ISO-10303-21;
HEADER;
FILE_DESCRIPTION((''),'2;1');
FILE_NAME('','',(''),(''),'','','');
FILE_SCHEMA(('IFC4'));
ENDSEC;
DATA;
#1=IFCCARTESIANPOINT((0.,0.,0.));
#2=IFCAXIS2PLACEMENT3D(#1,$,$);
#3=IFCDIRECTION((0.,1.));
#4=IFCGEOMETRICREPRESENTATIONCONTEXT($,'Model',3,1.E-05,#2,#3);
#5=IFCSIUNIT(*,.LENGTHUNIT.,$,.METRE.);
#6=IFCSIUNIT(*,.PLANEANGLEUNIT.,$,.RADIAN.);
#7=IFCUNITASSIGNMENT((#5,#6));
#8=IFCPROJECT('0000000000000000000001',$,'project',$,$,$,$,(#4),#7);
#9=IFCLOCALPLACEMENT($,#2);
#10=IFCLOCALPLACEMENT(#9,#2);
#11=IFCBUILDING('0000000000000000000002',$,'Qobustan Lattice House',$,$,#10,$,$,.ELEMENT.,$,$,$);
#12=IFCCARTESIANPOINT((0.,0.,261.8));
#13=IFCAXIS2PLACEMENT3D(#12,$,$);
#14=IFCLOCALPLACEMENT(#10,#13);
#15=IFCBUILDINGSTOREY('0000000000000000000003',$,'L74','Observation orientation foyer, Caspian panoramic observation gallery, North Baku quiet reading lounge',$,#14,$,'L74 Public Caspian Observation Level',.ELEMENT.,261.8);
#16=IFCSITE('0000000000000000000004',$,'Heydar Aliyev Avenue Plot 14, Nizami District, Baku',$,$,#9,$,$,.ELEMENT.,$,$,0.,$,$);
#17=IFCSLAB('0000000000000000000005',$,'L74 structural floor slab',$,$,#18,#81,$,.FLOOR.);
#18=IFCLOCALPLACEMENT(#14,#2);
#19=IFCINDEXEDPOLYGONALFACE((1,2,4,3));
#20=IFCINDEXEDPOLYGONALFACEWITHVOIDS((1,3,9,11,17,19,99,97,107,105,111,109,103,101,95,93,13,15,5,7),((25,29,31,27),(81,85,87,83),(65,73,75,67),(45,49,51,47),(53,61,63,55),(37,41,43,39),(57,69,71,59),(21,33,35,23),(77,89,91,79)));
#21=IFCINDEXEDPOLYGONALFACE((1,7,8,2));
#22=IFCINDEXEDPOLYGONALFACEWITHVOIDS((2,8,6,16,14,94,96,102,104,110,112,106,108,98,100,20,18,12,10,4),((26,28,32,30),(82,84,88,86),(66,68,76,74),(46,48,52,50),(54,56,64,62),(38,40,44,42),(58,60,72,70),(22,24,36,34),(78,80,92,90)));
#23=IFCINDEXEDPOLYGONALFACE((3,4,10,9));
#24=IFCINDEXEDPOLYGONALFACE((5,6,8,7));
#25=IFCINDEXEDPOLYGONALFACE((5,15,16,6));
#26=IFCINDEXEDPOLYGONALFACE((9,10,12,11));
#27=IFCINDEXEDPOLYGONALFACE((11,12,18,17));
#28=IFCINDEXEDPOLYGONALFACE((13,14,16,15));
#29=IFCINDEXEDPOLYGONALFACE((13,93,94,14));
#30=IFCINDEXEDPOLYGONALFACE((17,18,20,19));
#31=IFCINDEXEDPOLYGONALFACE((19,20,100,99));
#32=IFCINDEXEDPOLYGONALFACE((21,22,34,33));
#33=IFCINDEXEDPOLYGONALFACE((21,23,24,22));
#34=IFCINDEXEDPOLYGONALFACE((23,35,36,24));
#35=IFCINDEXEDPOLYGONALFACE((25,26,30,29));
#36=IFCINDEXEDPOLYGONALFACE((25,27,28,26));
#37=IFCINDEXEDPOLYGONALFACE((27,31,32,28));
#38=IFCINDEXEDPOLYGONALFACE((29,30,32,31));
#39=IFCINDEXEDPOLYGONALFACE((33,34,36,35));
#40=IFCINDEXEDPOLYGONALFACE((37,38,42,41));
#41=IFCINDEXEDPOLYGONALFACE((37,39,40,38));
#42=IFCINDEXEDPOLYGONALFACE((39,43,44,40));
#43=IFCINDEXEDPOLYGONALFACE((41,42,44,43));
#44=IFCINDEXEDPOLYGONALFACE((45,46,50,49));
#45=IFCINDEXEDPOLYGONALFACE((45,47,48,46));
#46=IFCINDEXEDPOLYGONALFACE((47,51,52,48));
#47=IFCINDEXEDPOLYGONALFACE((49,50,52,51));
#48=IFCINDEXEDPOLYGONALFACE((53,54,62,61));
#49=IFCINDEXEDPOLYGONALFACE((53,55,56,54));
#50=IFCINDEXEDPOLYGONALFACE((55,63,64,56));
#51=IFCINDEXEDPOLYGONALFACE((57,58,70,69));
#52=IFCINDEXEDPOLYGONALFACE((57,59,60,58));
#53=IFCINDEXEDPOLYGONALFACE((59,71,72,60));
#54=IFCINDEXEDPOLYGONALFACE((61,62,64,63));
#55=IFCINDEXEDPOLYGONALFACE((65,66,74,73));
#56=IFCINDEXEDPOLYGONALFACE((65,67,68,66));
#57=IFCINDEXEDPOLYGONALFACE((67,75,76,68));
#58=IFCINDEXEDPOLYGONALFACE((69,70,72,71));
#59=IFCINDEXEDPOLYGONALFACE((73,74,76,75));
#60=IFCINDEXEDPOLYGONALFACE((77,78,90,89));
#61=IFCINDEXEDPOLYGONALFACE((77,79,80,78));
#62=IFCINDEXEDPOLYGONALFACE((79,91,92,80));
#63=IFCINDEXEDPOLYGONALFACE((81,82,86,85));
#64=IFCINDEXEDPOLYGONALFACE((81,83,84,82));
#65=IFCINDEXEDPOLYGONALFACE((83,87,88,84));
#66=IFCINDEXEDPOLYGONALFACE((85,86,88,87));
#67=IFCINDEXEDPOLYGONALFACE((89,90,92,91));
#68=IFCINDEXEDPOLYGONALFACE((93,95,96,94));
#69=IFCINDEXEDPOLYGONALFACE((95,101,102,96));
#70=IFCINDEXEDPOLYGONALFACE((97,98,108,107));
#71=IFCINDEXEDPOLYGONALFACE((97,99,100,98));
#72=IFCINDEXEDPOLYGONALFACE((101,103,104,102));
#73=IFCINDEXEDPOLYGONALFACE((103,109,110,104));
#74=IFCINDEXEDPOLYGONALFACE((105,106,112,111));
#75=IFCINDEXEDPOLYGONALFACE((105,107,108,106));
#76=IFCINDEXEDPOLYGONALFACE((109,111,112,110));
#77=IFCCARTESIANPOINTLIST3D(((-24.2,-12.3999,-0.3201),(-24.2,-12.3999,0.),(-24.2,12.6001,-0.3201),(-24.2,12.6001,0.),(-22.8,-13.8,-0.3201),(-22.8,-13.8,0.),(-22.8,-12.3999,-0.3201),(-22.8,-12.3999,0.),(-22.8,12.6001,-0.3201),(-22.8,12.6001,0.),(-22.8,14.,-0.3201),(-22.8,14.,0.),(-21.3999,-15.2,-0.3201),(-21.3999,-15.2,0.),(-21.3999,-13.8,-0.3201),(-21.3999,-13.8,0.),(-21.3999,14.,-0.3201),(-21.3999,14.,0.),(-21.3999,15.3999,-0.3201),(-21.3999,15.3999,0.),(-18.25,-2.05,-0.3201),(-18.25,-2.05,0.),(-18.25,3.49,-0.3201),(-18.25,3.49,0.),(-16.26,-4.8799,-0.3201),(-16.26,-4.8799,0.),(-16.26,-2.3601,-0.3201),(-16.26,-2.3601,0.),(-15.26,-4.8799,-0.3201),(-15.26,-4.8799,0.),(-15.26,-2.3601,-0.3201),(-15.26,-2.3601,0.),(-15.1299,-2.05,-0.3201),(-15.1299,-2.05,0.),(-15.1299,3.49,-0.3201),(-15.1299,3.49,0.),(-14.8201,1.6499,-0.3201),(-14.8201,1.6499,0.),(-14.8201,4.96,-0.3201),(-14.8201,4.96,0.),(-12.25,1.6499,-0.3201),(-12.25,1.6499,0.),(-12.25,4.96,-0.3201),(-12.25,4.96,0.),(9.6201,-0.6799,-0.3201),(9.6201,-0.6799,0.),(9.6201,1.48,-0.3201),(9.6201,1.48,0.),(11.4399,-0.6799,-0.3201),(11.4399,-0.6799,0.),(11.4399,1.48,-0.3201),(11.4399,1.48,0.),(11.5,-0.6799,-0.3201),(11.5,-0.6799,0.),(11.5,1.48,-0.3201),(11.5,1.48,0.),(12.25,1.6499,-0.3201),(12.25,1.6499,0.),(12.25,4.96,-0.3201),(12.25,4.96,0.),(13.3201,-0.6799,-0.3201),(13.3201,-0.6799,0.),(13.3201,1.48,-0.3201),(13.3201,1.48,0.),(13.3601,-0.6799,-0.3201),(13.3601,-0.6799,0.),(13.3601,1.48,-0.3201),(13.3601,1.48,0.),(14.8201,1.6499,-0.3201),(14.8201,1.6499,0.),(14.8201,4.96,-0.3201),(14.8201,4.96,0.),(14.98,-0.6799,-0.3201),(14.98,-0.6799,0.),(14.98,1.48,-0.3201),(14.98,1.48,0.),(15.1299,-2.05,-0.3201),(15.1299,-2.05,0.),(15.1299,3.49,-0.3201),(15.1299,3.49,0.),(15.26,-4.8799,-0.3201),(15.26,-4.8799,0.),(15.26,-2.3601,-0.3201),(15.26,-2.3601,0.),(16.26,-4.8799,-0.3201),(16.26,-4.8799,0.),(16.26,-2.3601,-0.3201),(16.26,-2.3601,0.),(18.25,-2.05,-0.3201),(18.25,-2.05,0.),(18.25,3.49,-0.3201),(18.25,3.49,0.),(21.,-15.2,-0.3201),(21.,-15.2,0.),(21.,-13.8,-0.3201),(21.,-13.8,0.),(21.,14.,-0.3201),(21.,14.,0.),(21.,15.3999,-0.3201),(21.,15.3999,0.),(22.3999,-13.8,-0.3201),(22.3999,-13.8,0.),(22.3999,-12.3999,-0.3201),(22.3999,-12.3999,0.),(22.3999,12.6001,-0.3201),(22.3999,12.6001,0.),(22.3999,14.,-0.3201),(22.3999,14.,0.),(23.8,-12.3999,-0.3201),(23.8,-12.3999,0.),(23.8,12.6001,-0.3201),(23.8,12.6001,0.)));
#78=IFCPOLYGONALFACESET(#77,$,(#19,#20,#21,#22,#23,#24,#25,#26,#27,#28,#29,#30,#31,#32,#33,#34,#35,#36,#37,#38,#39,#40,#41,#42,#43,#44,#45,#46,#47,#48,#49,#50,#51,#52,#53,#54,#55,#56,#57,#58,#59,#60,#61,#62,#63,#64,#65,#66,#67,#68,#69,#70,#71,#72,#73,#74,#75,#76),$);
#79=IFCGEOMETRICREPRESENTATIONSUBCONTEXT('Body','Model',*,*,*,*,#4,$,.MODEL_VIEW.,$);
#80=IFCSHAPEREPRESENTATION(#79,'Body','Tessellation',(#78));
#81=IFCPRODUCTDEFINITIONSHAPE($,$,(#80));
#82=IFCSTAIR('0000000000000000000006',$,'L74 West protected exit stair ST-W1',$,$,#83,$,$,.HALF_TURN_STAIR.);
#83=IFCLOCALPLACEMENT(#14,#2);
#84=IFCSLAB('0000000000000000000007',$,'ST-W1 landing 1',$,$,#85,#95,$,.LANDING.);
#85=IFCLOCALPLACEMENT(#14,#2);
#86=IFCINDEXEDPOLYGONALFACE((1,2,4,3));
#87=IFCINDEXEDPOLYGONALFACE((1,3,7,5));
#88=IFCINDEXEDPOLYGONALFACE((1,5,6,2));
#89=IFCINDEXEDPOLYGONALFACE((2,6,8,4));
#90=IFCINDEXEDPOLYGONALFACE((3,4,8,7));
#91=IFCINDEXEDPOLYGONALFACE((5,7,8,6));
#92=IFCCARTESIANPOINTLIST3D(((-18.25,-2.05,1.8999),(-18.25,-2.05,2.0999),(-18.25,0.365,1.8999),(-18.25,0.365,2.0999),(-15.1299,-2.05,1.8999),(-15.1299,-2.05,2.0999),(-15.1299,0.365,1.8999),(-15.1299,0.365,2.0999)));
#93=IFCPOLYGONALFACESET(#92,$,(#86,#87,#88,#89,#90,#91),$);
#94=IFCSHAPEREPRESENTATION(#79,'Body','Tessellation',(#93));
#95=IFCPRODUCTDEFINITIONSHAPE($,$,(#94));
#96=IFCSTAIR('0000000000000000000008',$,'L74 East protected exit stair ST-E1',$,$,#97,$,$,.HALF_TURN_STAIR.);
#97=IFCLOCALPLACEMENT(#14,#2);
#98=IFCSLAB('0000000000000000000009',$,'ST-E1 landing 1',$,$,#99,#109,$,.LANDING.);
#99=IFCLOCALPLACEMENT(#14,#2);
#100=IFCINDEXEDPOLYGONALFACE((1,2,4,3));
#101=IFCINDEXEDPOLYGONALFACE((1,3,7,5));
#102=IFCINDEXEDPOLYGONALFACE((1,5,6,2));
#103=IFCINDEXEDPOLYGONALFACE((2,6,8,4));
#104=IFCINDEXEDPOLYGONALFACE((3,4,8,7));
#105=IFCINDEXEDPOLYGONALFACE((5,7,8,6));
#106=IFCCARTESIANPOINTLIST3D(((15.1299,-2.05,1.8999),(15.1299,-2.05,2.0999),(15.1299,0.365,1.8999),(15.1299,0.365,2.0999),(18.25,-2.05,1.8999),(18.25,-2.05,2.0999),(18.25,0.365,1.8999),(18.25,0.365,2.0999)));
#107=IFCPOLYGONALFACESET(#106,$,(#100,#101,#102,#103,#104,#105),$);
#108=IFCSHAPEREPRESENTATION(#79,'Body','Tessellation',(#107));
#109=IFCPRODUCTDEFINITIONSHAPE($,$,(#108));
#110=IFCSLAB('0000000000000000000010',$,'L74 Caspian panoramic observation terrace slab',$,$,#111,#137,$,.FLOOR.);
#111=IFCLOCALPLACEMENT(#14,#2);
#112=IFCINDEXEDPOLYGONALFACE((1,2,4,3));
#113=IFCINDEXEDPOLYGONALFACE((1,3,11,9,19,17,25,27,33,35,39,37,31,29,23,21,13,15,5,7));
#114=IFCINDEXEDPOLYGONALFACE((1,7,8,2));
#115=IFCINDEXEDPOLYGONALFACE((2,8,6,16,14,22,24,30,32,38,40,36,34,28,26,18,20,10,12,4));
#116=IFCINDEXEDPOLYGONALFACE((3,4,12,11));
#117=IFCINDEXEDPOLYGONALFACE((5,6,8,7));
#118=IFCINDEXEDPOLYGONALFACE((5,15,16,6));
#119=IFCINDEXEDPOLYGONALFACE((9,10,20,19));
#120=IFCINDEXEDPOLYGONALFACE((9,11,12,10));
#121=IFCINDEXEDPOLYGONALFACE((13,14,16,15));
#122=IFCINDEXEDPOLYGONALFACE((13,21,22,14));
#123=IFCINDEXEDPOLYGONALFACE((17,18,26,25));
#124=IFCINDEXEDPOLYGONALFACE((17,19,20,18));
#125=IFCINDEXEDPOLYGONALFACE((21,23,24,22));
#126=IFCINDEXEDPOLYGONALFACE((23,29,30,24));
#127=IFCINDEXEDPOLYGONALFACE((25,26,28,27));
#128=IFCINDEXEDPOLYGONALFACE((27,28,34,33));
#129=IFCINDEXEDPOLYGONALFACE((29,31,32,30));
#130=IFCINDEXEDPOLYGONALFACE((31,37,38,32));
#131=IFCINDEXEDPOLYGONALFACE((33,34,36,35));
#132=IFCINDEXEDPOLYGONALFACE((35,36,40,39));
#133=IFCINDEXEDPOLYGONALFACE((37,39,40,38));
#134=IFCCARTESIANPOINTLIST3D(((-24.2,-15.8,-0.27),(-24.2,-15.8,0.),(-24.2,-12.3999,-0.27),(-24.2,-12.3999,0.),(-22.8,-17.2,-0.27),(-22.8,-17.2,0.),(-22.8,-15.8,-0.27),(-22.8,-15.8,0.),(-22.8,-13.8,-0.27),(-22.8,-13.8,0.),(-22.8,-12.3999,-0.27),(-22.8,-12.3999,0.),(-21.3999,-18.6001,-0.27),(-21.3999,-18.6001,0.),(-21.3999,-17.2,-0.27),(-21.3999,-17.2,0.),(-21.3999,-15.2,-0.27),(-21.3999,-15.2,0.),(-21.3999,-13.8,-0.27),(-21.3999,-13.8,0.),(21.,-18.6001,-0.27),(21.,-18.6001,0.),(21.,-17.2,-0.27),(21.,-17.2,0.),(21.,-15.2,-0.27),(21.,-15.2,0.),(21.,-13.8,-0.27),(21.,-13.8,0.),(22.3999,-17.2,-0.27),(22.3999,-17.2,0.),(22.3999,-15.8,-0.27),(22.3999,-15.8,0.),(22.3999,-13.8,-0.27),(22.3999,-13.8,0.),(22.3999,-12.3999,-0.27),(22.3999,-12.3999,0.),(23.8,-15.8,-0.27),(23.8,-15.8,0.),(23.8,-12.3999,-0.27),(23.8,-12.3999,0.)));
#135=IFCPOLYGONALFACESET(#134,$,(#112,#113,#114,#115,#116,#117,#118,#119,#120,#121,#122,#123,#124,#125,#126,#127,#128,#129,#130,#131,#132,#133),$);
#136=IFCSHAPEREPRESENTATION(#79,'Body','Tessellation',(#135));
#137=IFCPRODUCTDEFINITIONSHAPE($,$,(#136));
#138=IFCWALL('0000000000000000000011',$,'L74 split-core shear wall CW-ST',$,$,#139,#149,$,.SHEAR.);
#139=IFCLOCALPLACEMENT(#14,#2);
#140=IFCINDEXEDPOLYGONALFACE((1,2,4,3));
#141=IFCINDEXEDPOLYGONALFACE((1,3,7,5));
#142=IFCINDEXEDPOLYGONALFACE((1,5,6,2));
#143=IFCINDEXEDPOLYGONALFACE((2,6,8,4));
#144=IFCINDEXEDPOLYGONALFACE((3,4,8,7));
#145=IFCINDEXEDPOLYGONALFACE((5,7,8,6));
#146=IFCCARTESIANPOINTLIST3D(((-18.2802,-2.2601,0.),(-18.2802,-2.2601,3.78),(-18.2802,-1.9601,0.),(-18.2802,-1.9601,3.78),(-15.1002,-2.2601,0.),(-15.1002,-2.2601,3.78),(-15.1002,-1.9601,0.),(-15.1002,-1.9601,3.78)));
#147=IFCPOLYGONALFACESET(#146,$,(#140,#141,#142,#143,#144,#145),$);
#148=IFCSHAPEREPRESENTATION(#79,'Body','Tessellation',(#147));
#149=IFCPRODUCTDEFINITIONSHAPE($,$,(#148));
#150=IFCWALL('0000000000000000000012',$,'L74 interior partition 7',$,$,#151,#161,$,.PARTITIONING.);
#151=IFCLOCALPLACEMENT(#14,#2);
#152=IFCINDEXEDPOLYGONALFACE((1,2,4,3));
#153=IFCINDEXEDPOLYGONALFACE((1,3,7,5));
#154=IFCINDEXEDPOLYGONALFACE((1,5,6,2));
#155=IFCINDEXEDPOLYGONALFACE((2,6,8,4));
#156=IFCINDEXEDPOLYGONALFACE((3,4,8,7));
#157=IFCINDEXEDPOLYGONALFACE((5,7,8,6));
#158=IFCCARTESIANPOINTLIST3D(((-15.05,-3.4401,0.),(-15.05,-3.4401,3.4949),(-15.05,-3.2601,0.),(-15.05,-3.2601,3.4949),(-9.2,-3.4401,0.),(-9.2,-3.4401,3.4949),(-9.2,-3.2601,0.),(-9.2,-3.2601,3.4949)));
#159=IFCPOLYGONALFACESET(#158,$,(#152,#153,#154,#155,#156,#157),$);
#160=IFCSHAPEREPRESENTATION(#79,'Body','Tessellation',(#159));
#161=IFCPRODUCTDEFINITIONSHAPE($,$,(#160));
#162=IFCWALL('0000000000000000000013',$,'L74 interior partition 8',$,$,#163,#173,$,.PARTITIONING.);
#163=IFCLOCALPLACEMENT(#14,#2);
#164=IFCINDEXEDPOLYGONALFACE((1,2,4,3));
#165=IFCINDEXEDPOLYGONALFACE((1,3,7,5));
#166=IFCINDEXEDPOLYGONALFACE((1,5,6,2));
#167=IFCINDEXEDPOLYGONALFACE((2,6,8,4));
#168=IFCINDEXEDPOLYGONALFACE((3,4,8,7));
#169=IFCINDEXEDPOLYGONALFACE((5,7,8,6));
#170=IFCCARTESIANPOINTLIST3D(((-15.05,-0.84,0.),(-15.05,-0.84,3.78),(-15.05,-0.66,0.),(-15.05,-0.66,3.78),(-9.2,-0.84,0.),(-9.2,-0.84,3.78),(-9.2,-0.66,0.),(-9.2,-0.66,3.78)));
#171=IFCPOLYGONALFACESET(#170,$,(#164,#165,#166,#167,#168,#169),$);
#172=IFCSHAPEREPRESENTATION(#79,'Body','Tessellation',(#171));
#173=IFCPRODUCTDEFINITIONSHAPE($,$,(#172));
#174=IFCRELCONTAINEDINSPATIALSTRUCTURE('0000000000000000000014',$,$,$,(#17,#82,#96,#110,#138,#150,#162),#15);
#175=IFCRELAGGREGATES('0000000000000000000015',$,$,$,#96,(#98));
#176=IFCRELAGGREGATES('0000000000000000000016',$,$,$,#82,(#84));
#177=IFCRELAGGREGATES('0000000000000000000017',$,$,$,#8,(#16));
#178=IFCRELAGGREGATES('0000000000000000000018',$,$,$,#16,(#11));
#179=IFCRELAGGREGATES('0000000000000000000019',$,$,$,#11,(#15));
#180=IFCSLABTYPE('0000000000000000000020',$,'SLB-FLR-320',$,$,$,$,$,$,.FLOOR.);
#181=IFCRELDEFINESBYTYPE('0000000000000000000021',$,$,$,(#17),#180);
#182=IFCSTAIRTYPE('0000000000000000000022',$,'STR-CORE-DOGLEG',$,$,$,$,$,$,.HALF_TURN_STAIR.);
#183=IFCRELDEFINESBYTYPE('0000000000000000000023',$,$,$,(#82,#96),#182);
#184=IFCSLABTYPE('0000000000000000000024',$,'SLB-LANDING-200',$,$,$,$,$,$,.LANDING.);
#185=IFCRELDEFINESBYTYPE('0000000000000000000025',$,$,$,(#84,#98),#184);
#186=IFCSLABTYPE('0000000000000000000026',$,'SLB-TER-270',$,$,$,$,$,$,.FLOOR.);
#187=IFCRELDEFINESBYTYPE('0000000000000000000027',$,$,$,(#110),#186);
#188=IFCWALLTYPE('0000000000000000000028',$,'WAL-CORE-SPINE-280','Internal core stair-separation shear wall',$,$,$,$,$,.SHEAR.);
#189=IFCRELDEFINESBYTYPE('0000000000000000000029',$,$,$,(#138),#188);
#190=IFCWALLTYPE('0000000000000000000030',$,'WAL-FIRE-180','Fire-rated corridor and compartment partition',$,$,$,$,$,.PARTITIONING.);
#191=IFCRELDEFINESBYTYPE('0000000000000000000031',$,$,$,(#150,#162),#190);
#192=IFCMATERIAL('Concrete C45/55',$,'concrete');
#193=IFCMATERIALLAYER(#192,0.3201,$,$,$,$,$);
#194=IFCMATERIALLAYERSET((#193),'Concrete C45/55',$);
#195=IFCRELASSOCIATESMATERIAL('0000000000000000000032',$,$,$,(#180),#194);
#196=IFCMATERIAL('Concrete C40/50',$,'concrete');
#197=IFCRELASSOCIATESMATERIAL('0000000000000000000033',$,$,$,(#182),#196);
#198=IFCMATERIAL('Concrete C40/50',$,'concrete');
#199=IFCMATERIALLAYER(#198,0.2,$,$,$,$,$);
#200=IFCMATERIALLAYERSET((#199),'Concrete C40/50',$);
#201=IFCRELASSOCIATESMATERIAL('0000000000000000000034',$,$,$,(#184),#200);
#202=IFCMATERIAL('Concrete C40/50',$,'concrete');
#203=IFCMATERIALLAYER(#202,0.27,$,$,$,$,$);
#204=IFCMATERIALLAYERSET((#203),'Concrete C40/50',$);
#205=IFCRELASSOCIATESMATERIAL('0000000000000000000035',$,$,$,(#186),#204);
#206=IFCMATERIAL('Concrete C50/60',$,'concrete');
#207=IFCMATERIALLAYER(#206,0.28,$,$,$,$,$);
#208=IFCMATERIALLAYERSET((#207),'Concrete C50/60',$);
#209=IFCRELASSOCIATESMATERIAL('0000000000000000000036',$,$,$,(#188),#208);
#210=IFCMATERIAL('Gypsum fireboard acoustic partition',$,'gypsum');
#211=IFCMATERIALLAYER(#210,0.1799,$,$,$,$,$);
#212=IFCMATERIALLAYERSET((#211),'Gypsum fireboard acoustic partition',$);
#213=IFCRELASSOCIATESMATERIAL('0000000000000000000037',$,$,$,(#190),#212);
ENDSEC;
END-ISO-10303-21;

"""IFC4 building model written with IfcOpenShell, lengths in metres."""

from ifc_helpers import new_model, si_unit, direction, frame, frame_2d, origin, place, context, subcontext, project, spatial, polyline, rectangle, outline, extrude, material, layer, layer_set, type_object, element, aggregate, save


model = new_model("IFC4")

# Units and contexts
model_context = context("Model", 3, precision=1e-05, world=origin(), true_north=direction((0.0, 1.0)))
body_context = subcontext(model_context, "Body", "Model", "MODEL_VIEW")
ifc_project = project(units=[si_unit("LENGTHUNIT", "METRE"), si_unit("PLANEANGLEUNIT", "RADIAN")], contexts=[model_context])

# Site, building, storey
site_placement = place(None, origin())
site = spatial("IfcSite", under=ifc_project, at=site_placement, Name="Heydar Aliyev Avenue Plot 14, Nizami District, Baku", CompositionType="ELEMENT", RefElevation=0.0)
building_placement = place(site_placement, origin())
building = spatial("IfcBuilding", under=site, at=building_placement, Name="Qobustan Lattice House", CompositionType="ELEMENT")
storey_placement = place(building_placement, frame((0.0, 0.0, 261.8)))
storey = spatial("IfcBuildingStorey", under=building, at=storey_placement, Name="L74", Description="Observation orientation foyer, Caspian panoramic observation gallery, North Baku quiet reading lounge", LongName="L74 Public Caspian Observation Level", CompositionType="ELEMENT", Elevation=261.8)

# Slab
ifc_material_1 = material(Name="Concrete C45/55", Category="concrete")
ifc_layer_1 = layer(ifc_material_1, 0.3201)
ifc_layer_set_1 = layer_set([ifc_layer_1], Name="Concrete C45/55")
slab_type_1 = type_object("IfcSlabType", Name="SLB-FLR-320", PredefinedType="FLOOR", material=ifc_layer_set_1)
slab_1_placement = place(storey_placement, frame((0.0, 0.0, -0.3201)))
element("IfcSlab", 1, at=slab_1_placement, inside=storey, type_object=slab_type_1, Name="L74 structural floor slab", PredefinedType="FLOOR", context=body_context, shape_type="SweptSolid", body=[
    extrude(outline(polyline([(-21.3999, -15.2), (21.0, -15.2), (21.0, -13.8), (22.3999, -13.8), (22.3999, -12.3999), (23.8, -12.3999), (23.8, 12.6001), (22.3999, 12.6001), (22.3999, 14.0), (21.0, 14.0), (21.0, 15.3999), (-21.3999, 15.3999), (-21.3999, 14.0), (-22.8, 14.0), (-22.8, 12.6001), (-24.2, 12.6001), (-24.2, -12.3999), (-22.8, -12.3999), (-22.8, -13.8), (-21.3999, -13.8), (-21.3999, -15.2)]), holes=[polyline([(-18.25, -2.05), (-18.25, 3.49), (-15.1299, 3.49), (-15.1299, -2.05), (-18.25, -2.05)]), polyline([(15.1299, -2.05), (15.1299, 3.49), (18.25, 3.49), (18.25, -2.05), (15.1299, -2.05)]), polyline([(-14.8201, 1.6499), (-14.8201, 4.96), (-12.25, 4.96), (-12.25, 1.6499), (-14.8201, 1.6499)]), polyline([(12.25, 1.6499), (12.25, 4.96), (14.8201, 4.96), (14.8201, 1.6499), (12.25, 1.6499)]), polyline([(-16.26, -4.8799), (-16.26, -2.3601), (-15.26, -2.3601), (-15.26, -4.8799), (-16.26, -4.8799)]), polyline([(15.26, -4.8799), (15.26, -2.3601), (16.26, -2.3601), (16.26, -4.8799), (15.26, -4.8799)]), polyline([(13.3601, -0.6799), (13.3601, 1.48), (14.98, 1.48), (14.98, -0.6799), (13.3601, -0.6799)]), polyline([(9.6201, -0.6799), (9.6201, 1.48), (11.4399, 1.48), (11.4399, -0.6799), (9.6201, -0.6799)]), polyline([(11.5, -0.6799), (11.5, 1.48), (13.3201, 1.48), (13.3201, -0.6799), (11.5, -0.6799)])]), origin(), (0.0, 0.0, 1.0), 0.3201),
])

# Stairs, slabs
ifc_material_2 = material(Name="Concrete C40/50", Category="concrete")
stair_type = type_object("IfcStairType", Name="STR-CORE-DOGLEG", PredefinedType="HALF_TURN_STAIR", material=ifc_material_2)
stair_1_placement = place(storey_placement, origin())
stair_1 = element("IfcStair", 2, at=stair_1_placement, inside=storey, type_object=stair_type, Name="L74 West protected exit stair ST-W1", PredefinedType="HALF_TURN_STAIR")
ifc_material_3 = material(Name="Concrete C40/50", Category="concrete")
ifc_layer_2 = layer(ifc_material_3, 0.2)
ifc_layer_set_2 = layer_set([ifc_layer_2], Name="Concrete C40/50")
slab_type_2 = type_object("IfcSlabType", Name="SLB-LANDING-200", PredefinedType="LANDING", material=ifc_layer_set_2)
slab_2_placement = place(storey_placement, frame((0.0, 0.0, 1.8999)))
slab_2 = element("IfcSlab", 3, at=slab_2_placement, type_object=slab_type_2, Name="ST-W1 landing 1", PredefinedType="LANDING", context=body_context, shape_type="SweptSolid", body=[
    extrude(outline(polyline([(-18.25, 0.365), (-18.25, -2.05), (-15.1299, -2.05), (-15.1299, 0.365), (-18.25, 0.365)])), origin(), (0.0, 0.0, 1.0), 0.2),
])
stair_2_placement = place(storey_placement, origin())
stair_2 = element("IfcStair", 4, at=stair_2_placement, inside=storey, type_object=stair_type, Name="L74 East protected exit stair ST-E1", PredefinedType="HALF_TURN_STAIR")
slab_3_placement = place(storey_placement, frame((0.0, 0.0, 1.8999)))
slab_3 = element("IfcSlab", 5, at=slab_3_placement, type_object=slab_type_2, Name="ST-E1 landing 1", PredefinedType="LANDING", context=body_context, shape_type="SweptSolid", body=[
    extrude(outline(polyline([(15.1299, 0.365), (15.1299, -2.05), (18.25, -2.05), (18.25, 0.365), (15.1299, 0.365)])), origin(), (0.0, 0.0, 1.0), 0.2),
])
aggregate(stair_2, [slab_3])

# Slab
ifc_material_4 = material(Name="Concrete C40/50", Category="concrete")
ifc_layer_3 = layer(ifc_material_4, 0.27)
ifc_layer_set_3 = layer_set([ifc_layer_3], Name="Concrete C40/50")
slab_type_3 = type_object("IfcSlabType", Name="SLB-TER-270", PredefinedType="FLOOR", material=ifc_layer_set_3)
slab_4_placement = place(storey_placement, frame((0.0, 0.0, -0.27)))
element("IfcSlab", 6, at=slab_4_placement, inside=storey, type_object=slab_type_3, Name="L74 Caspian panoramic observation terrace slab", PredefinedType="FLOOR", context=body_context, shape_type="SweptSolid", body=[
    extrude(outline(polyline([(23.8, -12.3999), (22.3999, -12.3999), (22.3999, -13.8), (21.0, -13.8), (21.0, -15.2), (-21.3999, -15.2), (-21.3999, -13.8), (-22.8, -13.8), (-22.8, -12.3999), (-24.2, -12.3999), (-24.2, -15.8), (-22.8, -15.8), (-22.8, -17.2), (-21.3999, -17.2), (-21.3999, -18.6001), (21.0, -18.6001), (21.0, -17.2), (22.3999, -17.2), (22.3999, -15.8), (23.8, -15.8), (23.8, -12.3999)])), origin(), (0.0, 0.0, 1.0), 0.27),
])

# Walls
ifc_material_5 = material(Name="Concrete C50/60", Category="concrete")
ifc_layer_4 = layer(ifc_material_5, 0.28)
ifc_layer_set_4 = layer_set([ifc_layer_4], Name="Concrete C50/60")
wall_type_1 = type_object("IfcWallType", Name="WAL-CORE-SPINE-280", Description="Internal core stair-separation shear wall", PredefinedType="SHEAR", material=ifc_layer_set_4)
wall_1_placement = place(storey_placement, frame((-18.28, -2.1101, 0.0), z_axis=(0.0, 0.0, 1.0), x_axis=(1.0, 0.0, 0.0)))
element("IfcWall", 7, at=wall_1_placement, inside=storey, type_object=wall_type_1, Name="L74 split-core shear wall CW-ST", PredefinedType="SHEAR", context=body_context, shape_type="SweptSolid", body=[
    extrude(rectangle(XDim=3.1799, YDim=0.3, at=frame_2d((1.5898, 0.0))), origin(), (0.0, 0.0, 1.0), 3.78),
])
ifc_material_6 = material(Name="Gypsum fireboard acoustic partition", Category="gypsum")
ifc_layer_5 = layer(ifc_material_6, 0.1799)
ifc_layer_set_5 = layer_set([ifc_layer_5], Name="Gypsum fireboard acoustic partition")
wall_type_2 = type_object("IfcWallType", Name="WAL-FIRE-180", Description="Fire-rated corridor and compartment partition", PredefinedType="PARTITIONING", material=ifc_layer_set_5)
wall_2_placement = place(storey_placement, frame((-15.05, -3.3501, 0.0), z_axis=(0.0, 0.0, 1.0), x_axis=(1.0, 0.0, 0.0)))
element("IfcWall", 8, at=wall_2_placement, inside=storey, type_object=wall_type_2, Name="L74 interior partition 7", PredefinedType="PARTITIONING", context=body_context, shape_type="SweptSolid", body=[
    extrude(rectangle(XDim=5.8501, YDim=0.1799, at=frame_2d((2.925, 0.0))), origin(), (0.0, 0.0, 1.0), 3.4949),
])
wall_3_placement = place(storey_placement, frame((-9.2, -0.75, 0.0), z_axis=(0.0, 0.0, 1.0), x_axis=(-1.0, 0.0, 0.0)))
element("IfcWall", 9, at=wall_3_placement, inside=storey, type_object=wall_type_2, Name="L74 interior partition 8", PredefinedType="PARTITIONING", context=body_context, shape_type="SweptSolid", body=[
    extrude(rectangle(XDim=5.8501, YDim=0.1799, at=frame_2d((2.925, 0.0))), origin(), (0.0, 0.0, 1.0), 3.78),
])

aggregate(stair_1, [slab_2])

save(model, "model.ifc")
